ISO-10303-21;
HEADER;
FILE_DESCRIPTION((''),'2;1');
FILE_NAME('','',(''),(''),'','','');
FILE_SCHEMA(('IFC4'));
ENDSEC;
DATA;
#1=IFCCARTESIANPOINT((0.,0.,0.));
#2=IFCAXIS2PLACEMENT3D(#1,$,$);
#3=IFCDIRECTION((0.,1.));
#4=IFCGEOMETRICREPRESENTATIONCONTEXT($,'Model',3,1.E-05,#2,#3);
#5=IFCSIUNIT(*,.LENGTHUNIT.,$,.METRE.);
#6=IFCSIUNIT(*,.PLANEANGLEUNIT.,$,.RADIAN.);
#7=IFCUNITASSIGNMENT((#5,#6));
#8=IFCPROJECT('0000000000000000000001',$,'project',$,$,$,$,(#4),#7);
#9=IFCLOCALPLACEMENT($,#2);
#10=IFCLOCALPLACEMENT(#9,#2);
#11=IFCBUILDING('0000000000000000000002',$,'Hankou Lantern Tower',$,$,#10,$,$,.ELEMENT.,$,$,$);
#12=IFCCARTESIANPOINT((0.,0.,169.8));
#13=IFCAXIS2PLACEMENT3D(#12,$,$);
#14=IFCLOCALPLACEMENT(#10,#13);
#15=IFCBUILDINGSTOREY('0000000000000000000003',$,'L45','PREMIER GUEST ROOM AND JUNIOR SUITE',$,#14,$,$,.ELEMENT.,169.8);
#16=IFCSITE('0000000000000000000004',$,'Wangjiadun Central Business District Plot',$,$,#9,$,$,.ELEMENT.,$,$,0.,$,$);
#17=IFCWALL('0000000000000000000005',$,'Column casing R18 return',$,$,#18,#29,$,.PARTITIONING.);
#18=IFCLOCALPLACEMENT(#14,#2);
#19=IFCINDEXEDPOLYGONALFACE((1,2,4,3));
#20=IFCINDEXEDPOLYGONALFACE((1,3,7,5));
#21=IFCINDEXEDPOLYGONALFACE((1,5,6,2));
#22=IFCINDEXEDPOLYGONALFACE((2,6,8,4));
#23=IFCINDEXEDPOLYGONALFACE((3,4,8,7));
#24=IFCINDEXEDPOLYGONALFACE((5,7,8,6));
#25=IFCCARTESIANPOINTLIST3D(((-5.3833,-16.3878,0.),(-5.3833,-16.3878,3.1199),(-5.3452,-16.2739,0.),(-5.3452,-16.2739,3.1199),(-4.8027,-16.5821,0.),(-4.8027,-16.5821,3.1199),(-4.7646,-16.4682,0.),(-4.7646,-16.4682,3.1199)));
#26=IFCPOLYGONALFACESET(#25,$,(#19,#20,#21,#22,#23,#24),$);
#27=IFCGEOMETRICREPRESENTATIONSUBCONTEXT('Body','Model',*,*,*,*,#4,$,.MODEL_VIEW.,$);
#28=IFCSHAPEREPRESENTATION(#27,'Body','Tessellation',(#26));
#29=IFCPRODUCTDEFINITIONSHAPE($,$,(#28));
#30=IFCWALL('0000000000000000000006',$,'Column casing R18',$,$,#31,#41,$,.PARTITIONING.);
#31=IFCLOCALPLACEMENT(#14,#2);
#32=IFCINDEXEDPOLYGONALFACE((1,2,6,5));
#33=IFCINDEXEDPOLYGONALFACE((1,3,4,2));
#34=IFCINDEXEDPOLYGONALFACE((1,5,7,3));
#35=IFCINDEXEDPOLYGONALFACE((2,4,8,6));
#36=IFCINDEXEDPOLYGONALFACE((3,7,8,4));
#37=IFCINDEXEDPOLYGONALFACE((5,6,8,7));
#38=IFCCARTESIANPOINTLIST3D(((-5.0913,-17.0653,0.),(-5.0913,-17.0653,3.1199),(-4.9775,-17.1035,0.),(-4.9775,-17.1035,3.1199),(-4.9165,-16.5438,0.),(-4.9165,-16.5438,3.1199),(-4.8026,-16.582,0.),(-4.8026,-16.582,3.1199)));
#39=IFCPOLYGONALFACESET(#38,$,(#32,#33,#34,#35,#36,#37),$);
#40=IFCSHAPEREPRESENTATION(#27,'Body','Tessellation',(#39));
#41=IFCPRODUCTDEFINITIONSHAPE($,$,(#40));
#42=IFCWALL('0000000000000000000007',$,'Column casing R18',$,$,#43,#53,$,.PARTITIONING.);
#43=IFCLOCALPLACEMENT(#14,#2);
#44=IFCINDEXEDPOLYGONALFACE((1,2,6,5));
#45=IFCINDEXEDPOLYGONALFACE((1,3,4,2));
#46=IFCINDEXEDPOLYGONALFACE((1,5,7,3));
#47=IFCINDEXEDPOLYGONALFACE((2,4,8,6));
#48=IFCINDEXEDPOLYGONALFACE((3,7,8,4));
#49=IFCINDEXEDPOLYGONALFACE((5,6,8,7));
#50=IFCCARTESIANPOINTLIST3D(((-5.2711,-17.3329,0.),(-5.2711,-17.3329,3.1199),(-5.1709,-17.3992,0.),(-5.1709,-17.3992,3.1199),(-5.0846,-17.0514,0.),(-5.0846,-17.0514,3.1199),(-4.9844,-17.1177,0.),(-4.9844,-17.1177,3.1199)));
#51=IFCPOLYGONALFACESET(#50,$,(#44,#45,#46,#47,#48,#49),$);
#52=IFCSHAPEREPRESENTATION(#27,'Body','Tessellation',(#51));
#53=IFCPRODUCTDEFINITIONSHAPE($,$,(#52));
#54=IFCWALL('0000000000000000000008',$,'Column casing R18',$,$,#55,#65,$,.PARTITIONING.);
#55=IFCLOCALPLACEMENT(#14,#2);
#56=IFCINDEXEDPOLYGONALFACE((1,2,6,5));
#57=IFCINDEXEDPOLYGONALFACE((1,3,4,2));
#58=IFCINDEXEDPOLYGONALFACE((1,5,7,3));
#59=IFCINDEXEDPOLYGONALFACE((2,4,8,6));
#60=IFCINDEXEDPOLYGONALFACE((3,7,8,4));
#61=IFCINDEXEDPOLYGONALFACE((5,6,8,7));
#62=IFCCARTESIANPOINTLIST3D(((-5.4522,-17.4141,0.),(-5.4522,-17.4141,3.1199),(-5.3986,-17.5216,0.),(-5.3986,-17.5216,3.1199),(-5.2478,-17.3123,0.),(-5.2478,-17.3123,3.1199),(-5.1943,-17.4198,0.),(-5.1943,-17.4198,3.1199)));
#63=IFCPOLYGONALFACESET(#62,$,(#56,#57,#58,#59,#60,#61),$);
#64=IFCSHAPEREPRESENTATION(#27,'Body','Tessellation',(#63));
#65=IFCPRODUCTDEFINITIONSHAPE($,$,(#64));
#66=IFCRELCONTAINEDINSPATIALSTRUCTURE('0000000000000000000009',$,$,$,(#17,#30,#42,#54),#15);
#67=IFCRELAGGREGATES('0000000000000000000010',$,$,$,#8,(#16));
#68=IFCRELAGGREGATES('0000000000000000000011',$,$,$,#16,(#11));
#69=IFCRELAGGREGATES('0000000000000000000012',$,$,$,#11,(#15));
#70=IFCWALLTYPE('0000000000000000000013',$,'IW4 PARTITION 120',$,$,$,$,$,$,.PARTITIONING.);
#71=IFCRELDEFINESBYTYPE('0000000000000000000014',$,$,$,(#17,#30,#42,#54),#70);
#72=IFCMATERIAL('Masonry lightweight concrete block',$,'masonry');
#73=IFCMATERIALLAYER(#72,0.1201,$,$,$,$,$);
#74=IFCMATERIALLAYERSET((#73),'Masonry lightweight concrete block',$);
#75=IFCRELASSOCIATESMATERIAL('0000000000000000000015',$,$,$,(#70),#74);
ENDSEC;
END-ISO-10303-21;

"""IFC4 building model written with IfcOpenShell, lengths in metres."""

from ifc_helpers import new_model, si_unit, direction, frame, frame_2d, origin, place, context, subcontext, project, spatial, rectangle, extrude, material, layer, layer_set, type_object, element, save


model = new_model("IFC4")

# Units and contexts
model_context = context("Model", 3, precision=1e-05, world=origin(), true_north=direction((0.0, 1.0)))
body_context = subcontext(model_context, "Body", "Model", "MODEL_VIEW")
ifc_project = project(units=[si_unit("LENGTHUNIT", "METRE"), si_unit("PLANEANGLEUNIT", "RADIAN")], contexts=[model_context])

# Site, building, storey
site_placement = place(None, origin())
site = spatial("IfcSite", under=ifc_project, at=site_placement, Name="Wangjiadun Central Business District Plot", CompositionType="ELEMENT", RefElevation=0.0)
building_placement = place(site_placement, origin())
building = spatial("IfcBuilding", under=site, at=building_placement, Name="Hankou Lantern Tower", CompositionType="ELEMENT")
storey_placement = place(building_placement, frame((0.0, 0.0, 169.8)))
storey = spatial("IfcBuildingStorey", under=building, at=storey_placement, Name="L45", Description="PREMIER GUEST ROOM AND JUNIOR SUITE", CompositionType="ELEMENT", Elevation=169.8)

# Walls
ifc_material_1 = material(Name="Masonry lightweight concrete block", Category="masonry")
ifc_layer_1 = layer(ifc_material_1, 0.1201)
ifc_layer_set_1 = layer_set([ifc_layer_1], Name="Masonry lightweight concrete block")
wall_type_1 = type_object("IfcWallType", Name="IW4 PARTITION 120", PredefinedType="PARTITIONING", material=ifc_layer_set_1)
wall_1_placement = place(storey_placement, frame((-5.3643, -16.3308, 0.0), z_axis=(0.0, 0.0, 1.0), x_axis=(0.948284, -0.317424, 0.0)))
element("IfcWall", 1, at=wall_1_placement, inside=storey, type_object=wall_type_1, Name="Column casing R18 return", PredefinedType="PARTITIONING", context=body_context, shape_type="SweptSolid", body=[
    extrude(rectangle(XDim=0.6123, YDim=0.1201, at=frame_2d((0.3062, 0.0))), origin(), (0.0, 0.0, 1.0), 3.1199),
])
wall_2_placement = place(storey_placement, frame((-4.8596, -16.563, 0.0), z_axis=(0.0, 0.0, 1.0), x_axis=(-0.317825, -0.948149, 0.0)))
element("IfcWall", 2, at=wall_2_placement, inside=storey, type_object=wall_type_1, Name="Column casing R18", PredefinedType="PARTITIONING", context=body_context, shape_type="SweptSolid", body=[
    extrude(rectangle(XDim=0.55, YDim=0.1201, at=frame_2d((0.2749, 0.0))), origin(), (0.0, 0.0, 1.0), 3.1199),
])
wall_3_placement = place(storey_placement, frame((-5.0344, -17.0845, 0.0), z_axis=(0.0, 0.0, 1.0), x_axis=(-0.552362, -0.833604, 0.0)))
element("IfcWall", 3, at=wall_3_placement, inside=storey, type_object=wall_type_1, Name="Column casing R18", PredefinedType="PARTITIONING", context=body_context, shape_type="SweptSolid", body=[
    extrude(rectangle(XDim=0.3376, YDim=0.1201, at=frame_2d((0.1689, 0.0))), origin(), (0.0, 0.0, 1.0), 3.1199),
])
wall_4_placement = place(storey_placement, frame((-5.2209, -17.366, 0.0), z_axis=(0.0, 0.0, 1.0), x_axis=(-0.895068, -0.44593, 0.0)))
element("IfcWall", 4, at=wall_4_placement, inside=storey, type_object=wall_type_1, Name="Column casing R18", PredefinedType="PARTITIONING", context=body_context, shape_type="SweptSolid", body=[
    extrude(rectangle(XDim=0.2283, YDim=0.1201, at=frame_2d((0.1143, 0.0))), origin(), (0.0, 0.0, 1.0), 3.1199),
])

save(model, "model.ifc")
